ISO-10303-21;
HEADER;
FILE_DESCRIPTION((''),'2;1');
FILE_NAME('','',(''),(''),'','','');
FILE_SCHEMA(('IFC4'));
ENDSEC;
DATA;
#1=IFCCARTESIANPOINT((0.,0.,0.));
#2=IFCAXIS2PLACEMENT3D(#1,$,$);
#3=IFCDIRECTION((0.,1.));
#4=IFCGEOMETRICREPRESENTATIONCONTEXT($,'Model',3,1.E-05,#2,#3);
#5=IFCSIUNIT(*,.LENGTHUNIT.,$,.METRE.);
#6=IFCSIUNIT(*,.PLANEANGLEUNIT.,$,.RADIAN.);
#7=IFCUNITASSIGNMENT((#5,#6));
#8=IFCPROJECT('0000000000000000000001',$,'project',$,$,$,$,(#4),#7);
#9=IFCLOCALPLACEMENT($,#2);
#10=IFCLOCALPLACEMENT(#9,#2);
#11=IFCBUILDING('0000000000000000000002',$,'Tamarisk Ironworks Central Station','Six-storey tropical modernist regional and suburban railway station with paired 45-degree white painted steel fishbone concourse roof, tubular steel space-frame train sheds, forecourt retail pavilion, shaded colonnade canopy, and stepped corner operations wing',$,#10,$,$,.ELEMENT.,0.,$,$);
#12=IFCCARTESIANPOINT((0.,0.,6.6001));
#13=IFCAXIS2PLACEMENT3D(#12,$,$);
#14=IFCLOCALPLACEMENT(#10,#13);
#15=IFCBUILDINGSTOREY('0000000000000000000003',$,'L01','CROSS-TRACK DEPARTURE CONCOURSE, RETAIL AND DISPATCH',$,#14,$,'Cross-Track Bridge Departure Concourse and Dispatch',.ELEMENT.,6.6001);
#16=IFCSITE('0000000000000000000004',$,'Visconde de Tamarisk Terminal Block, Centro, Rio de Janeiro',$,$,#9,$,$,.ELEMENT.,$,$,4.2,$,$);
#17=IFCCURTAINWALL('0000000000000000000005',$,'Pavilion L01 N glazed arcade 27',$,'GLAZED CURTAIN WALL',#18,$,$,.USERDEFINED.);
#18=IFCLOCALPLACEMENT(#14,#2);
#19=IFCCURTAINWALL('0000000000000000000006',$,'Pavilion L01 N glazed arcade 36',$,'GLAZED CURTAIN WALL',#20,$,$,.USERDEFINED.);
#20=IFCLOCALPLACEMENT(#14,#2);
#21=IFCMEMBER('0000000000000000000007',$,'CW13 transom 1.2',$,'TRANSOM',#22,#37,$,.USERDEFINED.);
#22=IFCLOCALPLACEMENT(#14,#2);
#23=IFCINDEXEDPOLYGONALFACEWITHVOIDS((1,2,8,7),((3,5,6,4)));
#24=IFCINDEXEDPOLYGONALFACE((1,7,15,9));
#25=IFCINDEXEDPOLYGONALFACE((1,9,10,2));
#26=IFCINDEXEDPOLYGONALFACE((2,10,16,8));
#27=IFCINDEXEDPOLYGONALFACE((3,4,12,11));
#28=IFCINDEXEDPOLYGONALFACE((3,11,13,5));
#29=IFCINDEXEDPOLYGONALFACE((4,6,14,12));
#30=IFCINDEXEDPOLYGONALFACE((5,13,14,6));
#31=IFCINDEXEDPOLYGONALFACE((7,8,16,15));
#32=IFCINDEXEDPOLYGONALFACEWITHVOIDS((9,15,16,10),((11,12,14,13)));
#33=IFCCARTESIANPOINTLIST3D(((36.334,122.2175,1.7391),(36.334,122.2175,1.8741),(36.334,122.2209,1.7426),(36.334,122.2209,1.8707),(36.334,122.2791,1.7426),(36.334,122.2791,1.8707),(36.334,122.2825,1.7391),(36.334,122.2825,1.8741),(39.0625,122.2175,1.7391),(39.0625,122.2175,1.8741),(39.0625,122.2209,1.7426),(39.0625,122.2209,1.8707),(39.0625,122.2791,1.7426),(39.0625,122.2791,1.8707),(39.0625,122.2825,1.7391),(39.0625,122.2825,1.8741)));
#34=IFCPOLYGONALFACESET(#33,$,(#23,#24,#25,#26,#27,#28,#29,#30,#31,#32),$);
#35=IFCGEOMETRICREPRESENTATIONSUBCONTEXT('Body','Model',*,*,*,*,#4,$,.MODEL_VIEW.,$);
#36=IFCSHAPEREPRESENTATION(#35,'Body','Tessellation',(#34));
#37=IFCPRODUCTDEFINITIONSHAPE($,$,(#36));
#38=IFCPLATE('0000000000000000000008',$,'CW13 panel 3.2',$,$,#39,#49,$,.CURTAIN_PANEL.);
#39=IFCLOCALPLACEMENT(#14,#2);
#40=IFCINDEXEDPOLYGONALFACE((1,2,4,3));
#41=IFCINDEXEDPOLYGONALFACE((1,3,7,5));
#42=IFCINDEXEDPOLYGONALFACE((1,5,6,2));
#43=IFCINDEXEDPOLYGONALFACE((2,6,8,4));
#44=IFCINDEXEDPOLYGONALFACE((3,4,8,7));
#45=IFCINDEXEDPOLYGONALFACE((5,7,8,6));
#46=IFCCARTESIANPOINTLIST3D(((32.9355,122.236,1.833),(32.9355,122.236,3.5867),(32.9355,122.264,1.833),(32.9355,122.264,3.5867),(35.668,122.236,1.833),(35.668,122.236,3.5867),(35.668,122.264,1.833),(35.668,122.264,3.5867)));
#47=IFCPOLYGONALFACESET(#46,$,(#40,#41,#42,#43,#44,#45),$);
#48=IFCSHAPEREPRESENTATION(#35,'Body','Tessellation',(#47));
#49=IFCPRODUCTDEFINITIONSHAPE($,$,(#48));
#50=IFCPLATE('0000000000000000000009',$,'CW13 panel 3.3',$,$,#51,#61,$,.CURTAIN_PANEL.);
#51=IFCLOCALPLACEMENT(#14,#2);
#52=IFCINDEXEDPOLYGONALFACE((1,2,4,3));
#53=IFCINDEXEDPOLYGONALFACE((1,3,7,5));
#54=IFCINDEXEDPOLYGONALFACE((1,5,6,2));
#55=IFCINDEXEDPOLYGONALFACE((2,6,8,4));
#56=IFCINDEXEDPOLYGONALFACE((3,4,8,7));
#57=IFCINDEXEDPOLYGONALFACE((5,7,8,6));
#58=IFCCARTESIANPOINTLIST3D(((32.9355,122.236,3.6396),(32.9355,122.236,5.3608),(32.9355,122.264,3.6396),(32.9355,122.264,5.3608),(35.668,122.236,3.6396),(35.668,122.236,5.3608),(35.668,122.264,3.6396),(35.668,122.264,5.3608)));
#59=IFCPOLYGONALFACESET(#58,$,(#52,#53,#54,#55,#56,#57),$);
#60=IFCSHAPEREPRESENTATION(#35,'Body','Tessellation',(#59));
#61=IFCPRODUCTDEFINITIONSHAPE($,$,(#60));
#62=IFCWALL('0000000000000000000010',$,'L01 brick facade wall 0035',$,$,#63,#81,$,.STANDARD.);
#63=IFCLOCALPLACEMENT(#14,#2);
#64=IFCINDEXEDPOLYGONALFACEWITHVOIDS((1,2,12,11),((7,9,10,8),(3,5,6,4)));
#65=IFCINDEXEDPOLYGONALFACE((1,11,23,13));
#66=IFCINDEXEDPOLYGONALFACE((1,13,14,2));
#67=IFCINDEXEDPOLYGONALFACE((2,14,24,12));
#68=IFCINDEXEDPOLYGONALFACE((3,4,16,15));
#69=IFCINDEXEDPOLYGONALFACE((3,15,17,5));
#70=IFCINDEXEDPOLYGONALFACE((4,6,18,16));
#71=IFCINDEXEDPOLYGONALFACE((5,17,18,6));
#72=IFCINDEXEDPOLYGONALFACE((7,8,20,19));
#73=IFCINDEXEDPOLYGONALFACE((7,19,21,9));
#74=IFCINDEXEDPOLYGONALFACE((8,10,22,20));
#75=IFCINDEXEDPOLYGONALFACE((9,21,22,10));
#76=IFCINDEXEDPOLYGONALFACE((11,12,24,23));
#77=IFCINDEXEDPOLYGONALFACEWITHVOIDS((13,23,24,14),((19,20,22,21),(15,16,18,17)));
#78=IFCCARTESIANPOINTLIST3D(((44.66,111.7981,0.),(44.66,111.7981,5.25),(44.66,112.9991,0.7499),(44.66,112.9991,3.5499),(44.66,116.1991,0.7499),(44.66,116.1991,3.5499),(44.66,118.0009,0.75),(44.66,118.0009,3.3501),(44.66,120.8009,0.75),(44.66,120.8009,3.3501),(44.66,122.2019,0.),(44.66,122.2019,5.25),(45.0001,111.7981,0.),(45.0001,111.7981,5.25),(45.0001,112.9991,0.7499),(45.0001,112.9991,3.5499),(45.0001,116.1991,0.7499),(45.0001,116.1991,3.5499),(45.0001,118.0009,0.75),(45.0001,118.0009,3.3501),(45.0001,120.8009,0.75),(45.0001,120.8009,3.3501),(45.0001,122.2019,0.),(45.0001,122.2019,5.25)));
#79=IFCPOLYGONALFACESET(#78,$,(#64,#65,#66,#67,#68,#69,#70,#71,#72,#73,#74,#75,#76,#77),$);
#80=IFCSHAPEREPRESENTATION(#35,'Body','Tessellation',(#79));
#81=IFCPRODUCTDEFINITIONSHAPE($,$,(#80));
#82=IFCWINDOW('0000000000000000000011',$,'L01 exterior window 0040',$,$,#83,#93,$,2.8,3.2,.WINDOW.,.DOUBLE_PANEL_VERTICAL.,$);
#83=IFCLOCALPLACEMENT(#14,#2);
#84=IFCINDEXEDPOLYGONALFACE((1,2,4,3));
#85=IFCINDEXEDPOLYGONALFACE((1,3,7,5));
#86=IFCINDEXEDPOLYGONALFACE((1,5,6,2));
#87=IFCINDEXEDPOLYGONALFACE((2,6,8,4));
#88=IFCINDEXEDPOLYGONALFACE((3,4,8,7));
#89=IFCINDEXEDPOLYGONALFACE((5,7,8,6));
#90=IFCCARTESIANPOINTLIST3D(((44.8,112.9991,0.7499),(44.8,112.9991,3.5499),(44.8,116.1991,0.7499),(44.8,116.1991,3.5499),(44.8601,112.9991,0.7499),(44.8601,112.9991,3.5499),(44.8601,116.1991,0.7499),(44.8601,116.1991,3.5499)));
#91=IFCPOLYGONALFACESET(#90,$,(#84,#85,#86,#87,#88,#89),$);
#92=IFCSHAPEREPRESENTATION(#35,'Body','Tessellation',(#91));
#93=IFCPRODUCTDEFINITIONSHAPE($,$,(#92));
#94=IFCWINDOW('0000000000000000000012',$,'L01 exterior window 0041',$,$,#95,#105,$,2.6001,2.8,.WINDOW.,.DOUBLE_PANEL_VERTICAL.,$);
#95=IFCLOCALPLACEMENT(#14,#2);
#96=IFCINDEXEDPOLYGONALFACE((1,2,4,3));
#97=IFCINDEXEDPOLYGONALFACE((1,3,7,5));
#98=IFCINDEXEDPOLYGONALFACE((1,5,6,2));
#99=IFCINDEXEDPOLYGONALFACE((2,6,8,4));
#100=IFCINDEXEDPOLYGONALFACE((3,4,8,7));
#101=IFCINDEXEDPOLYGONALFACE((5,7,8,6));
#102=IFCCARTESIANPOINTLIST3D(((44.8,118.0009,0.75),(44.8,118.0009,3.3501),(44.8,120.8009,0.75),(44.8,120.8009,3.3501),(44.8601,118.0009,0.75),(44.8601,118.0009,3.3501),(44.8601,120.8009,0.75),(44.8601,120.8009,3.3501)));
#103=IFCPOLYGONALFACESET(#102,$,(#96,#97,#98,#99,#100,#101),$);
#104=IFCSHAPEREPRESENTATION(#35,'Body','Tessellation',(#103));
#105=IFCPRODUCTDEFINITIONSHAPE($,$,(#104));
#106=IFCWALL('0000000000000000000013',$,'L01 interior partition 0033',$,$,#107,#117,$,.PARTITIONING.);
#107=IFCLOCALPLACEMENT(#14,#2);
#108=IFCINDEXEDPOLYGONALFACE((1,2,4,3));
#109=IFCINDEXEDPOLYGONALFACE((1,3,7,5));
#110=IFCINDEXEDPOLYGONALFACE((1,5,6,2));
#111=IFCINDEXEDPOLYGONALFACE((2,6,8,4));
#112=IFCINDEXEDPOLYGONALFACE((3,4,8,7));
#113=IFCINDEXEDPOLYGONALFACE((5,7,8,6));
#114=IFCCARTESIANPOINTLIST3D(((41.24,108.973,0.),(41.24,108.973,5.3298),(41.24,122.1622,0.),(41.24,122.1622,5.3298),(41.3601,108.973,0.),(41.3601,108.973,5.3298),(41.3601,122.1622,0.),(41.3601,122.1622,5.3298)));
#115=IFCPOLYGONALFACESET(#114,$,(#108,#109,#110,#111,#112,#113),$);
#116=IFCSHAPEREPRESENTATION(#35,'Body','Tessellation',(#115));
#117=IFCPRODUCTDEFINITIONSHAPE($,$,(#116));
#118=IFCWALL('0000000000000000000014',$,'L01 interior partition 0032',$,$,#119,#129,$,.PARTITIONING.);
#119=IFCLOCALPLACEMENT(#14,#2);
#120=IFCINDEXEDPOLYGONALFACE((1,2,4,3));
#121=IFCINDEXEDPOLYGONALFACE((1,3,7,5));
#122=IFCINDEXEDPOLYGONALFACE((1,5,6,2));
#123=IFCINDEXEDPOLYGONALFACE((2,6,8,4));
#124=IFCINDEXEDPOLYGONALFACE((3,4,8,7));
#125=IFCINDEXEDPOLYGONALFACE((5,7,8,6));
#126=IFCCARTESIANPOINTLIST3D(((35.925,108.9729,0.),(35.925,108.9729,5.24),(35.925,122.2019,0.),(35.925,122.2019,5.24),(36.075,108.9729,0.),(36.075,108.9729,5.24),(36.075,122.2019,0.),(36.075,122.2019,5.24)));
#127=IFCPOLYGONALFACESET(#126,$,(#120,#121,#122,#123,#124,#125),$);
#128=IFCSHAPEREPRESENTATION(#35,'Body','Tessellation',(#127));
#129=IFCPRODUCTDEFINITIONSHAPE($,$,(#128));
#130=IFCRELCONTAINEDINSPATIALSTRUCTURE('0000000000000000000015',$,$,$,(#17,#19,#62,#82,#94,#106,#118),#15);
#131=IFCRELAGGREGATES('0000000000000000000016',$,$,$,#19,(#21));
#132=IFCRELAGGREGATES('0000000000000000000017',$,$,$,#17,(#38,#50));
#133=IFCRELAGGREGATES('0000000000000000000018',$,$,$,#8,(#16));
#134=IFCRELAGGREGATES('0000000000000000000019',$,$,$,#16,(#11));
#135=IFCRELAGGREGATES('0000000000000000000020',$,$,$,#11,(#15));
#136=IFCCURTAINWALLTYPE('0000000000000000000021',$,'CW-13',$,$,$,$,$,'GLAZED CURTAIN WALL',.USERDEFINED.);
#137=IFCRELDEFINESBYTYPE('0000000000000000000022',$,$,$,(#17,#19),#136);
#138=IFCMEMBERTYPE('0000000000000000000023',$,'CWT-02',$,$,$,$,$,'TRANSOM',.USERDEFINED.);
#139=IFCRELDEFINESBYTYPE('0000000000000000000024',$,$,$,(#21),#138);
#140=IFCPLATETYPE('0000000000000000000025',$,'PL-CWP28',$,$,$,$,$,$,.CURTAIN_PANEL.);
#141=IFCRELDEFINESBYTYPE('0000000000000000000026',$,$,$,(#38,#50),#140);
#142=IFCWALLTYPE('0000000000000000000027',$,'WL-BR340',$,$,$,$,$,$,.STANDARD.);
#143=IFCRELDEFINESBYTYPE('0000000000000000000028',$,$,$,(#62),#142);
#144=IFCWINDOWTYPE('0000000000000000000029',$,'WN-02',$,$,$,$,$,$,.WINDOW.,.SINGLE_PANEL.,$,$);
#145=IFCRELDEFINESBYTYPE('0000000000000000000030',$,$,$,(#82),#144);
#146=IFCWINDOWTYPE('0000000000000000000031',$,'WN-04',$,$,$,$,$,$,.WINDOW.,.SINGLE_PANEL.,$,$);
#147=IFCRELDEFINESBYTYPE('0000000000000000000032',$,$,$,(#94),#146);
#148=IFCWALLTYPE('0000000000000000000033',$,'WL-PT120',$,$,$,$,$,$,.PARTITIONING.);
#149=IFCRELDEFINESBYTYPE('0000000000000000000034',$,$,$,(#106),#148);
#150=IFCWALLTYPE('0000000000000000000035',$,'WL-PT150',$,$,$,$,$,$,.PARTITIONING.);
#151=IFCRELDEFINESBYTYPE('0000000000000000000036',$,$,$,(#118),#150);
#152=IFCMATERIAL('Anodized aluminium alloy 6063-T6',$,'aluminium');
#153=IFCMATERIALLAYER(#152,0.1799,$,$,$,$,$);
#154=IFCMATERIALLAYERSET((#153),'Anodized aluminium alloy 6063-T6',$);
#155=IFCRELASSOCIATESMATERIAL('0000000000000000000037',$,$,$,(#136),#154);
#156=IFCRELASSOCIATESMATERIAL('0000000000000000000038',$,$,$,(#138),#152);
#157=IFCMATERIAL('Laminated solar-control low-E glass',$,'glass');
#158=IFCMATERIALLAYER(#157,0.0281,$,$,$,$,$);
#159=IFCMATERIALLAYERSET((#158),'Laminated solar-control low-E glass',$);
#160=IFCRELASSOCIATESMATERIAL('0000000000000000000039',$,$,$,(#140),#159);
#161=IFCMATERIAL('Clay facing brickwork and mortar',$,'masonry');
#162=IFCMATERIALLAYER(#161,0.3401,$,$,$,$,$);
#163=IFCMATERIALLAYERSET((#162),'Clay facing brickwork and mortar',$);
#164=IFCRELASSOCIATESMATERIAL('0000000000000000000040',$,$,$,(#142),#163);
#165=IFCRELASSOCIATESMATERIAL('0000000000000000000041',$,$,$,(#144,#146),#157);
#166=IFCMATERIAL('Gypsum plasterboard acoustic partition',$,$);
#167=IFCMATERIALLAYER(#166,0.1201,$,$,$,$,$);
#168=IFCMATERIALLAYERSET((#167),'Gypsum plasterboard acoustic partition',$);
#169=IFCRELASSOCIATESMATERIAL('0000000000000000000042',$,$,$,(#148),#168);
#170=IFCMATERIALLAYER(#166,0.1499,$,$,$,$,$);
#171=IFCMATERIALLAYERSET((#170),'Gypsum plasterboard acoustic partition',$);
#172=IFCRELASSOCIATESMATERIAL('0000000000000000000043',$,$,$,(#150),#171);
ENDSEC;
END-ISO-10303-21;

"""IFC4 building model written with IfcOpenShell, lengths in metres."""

from ifc_helpers import new_model, si_unit, direction, frame, frame_2d, origin, origin_2d, place, context, subcontext, project, spatial, rectangle, hollow_rectangle, extrude, material, layer, layer_set, material_profile, profile_set, type_object, element, fill, aggregate, save


model = new_model("IFC4")

# Units and contexts
model_context = context("Model", 3, precision=1e-05, world=origin(), true_north=direction((0.0, 1.0)))
body_context = subcontext(model_context, "Body", "Model", "MODEL_VIEW")
ifc_project = project(units=[si_unit("LENGTHUNIT", "METRE"), si_unit("PLANEANGLEUNIT", "RADIAN")], contexts=[model_context])

# Site, building, storey
site_placement = place(None, origin())
site = spatial("IfcSite", under=ifc_project, at=site_placement, Name="Visconde de Tamarisk Terminal Block, Centro, Rio de Janeiro", CompositionType="ELEMENT", RefElevation=4.2)
building_placement = place(site_placement, origin())
building = spatial("IfcBuilding", under=site, at=building_placement, Name="Tamarisk Ironworks Central Station", Description="Six-storey tropical modernist regional and suburban railway station with paired 45-degree white painted steel fishbone concourse roof, tubular steel space-frame train sheds, forecourt retail pavilion, shaded colonnade canopy, and stepped corner operations wing", CompositionType="ELEMENT", ElevationOfRefHeight=0.0)
storey_placement = place(building_placement, frame((0.0, 0.0, 6.6001)))
storey = spatial("IfcBuildingStorey", under=building, at=storey_placement, Name="L01", Description="CROSS-TRACK DEPARTURE CONCOURSE, RETAIL AND DISPATCH", LongName="Cross-Track Bridge Departure Concourse and Dispatch", CompositionType="ELEMENT", Elevation=6.6001)

# Shared definitions
ifc_material_1 = material(Name="Clay facing brickwork and mortar", Category="masonry")

# Curtain wall
ifc_material_2 = material(Name="Anodized aluminium alloy 6063-T6", Category="aluminium")
ifc_layer_1 = layer(ifc_material_2, 0.1799)
ifc_layer_set_1 = layer_set([ifc_layer_1], Name="Anodized aluminium alloy 6063-T6")
curtain_wall_type = type_object("IfcCurtainWallType", Name="CW-13", ElementType="GLAZED CURTAIN WALL", PredefinedType="USERDEFINED", material=ifc_layer_set_1)
curtain_wall_1_placement = place(storey_placement, origin())
curtain_wall_1 = element("IfcCurtainWall", 1, at=curtain_wall_1_placement, inside=storey, type_object=curtain_wall_type, Name="Pavilion L01 N glazed arcade 27", ObjectType="GLAZED CURTAIN WALL", PredefinedType="USERDEFINED")

# Curtain wall, member
curtain_wall_2_placement = place(storey_placement, origin())
curtain_wall_2 = element("IfcCurtainWall", 2, at=curtain_wall_2_placement, inside=storey, type_object=curtain_wall_type, Name="Pavilion L01 N glazed arcade 36", ObjectType="GLAZED CURTAIN WALL", PredefinedType="USERDEFINED")
ifc_material_profile_1 = material_profile(ifc_material_2, hollow_rectangle(XDim=0.0649, YDim=0.135, WallThickness=0.0034, at=origin_2d()), Name="ALUM 135x65")
ifc_profile_set_1 = profile_set([ifc_material_profile_1], Name="Anodized aluminium alloy 6063-T6")
member_type_1 = type_object("IfcMemberType", Name="CWT-02", ElementType="TRANSOM", PredefinedType="USERDEFINED", material=ifc_profile_set_1)
member_1_placement = place(storey_placement, frame((36.334, 122.25, 1.8066), z_axis=(1.0, 0.0, 0.0), x_axis=(0.0, 1.0, 0.0)))
member_1 = element("IfcMember", 3, at=member_1_placement, type_object=member_type_1, Name="CW13 transom 1.2", ObjectType="TRANSOM", PredefinedType="USERDEFINED", context=body_context, shape_type="SweptSolid", body=[
    extrude(hollow_rectangle(XDim=0.0649, YDim=0.135, WallThickness=0.0034, at=origin_2d()), origin(), (0.0, 0.0, 1.0), 2.7285),
])
aggregate(curtain_wall_2, [member_1])

# Plates
ifc_material_3 = material(Name="Laminated solar-control low-E glass", Category="glass")
ifc_layer_2 = layer(ifc_material_3, 0.0281)
ifc_layer_set_2 = layer_set([ifc_layer_2], Name="Laminated solar-control low-E glass")
plate_type = type_object("IfcPlateType", Name="PL-CWP28", PredefinedType="CURTAIN_PANEL", material=ifc_layer_set_2)
plate_1_placement = place(storey_placement, frame((34.3018, 122.25, 1.833), z_axis=(0.0, 0.0, 1.0), x_axis=(1.0, 0.0, 0.0)))
plate_1 = element("IfcPlate", 4, at=plate_1_placement, type_object=plate_type, Name="CW13 panel 3.2", PredefinedType="CURTAIN_PANEL", context=body_context, shape_type="SweptSolid", body=[
    extrude(rectangle(XDim=2.7324, YDim=0.0281, at=origin_2d()), origin(), (0.0, 0.0, 1.0), 1.7537),
])
plate_2_placement = place(storey_placement, frame((34.3018, 122.25, 3.6396), z_axis=(0.0, 0.0, 1.0), x_axis=(1.0, 0.0, 0.0)))
plate_2 = element("IfcPlate", 5, at=plate_2_placement, type_object=plate_type, Name="CW13 panel 3.3", PredefinedType="CURTAIN_PANEL", context=body_context, shape_type="SweptSolid", body=[
    extrude(rectangle(XDim=2.7324, YDim=0.0281, at=origin_2d()), origin(), (0.0, 0.0, 1.0), 1.7212),
])
aggregate(curtain_wall_1, [plate_1, plate_2])

# Wall, openings, windows
ifc_layer_3 = layer(ifc_material_1, 0.3401)
ifc_layer_set_3 = layer_set([ifc_layer_3], Name="Clay facing brickwork and mortar")
wall_type_1 = type_object("IfcWallType", Name="WL-BR340", PredefinedType="STANDARD", material=ifc_layer_set_3)
wall_1_placement = place(storey_placement, frame((44.8301, 111.7981, 0.0), z_axis=(0.0, 0.0, 1.0), x_axis=(0.0, 1.0, 0.0)))
wall_1 = element("IfcWall", 6, at=wall_1_placement, inside=storey, type_object=wall_type_1, Name="L01 brick facade wall 0035", PredefinedType="STANDARD", context=body_context, shape_type="SweptSolid", body=[
    extrude(rectangle(XDim=10.4038, YDim=0.3401, at=frame_2d((5.2019, 0.0))), origin(), (0.0, 0.0, 1.0), 5.25),
])
opening_1_placement = place(wall_1_placement, frame((1.2009, 0.0, 0.75)))
opening_1 = element("IfcOpeningElement", 7, at=opening_1_placement, cuts=wall_1, PredefinedType="OPENING", context=body_context, shape_type="SweptSolid", body=[
    extrude(rectangle(XDim=3.2, YDim=2.8, at=frame_2d((1.6001, 1.3999))), frame((0.0, 0.1821, 0.0), z_axis=(0.0, -1.0, 0.0), x_axis=(1.0, 0.0, 0.0)), (0.0, 0.0, 1.0), 0.364),
])
opening_2_placement = place(wall_1_placement, frame((6.2029, 0.0, 0.75)))
opening_2 = element("IfcOpeningElement", 8, at=opening_2_placement, cuts=wall_1, PredefinedType="OPENING", context=body_context, shape_type="SweptSolid", body=[
    extrude(rectangle(XDim=2.8, YDim=2.6001, at=frame_2d((1.3999, 1.3))), frame((0.0, 0.1821, 0.0), z_axis=(0.0, -1.0, 0.0), x_axis=(1.0, 0.0, 0.0)), (0.0, 0.0, 1.0), 0.364),
])
window_type_1 = type_object("IfcWindowType", Name="WN-02", PartitioningType="SINGLE_PANEL", PredefinedType="WINDOW", material=ifc_material_3)
window_1_placement = place(opening_1_placement, origin())
window_1 = element("IfcWindow", 9, at=window_1_placement, inside=storey, type_object=window_type_1, Name="L01 exterior window 0040", OverallHeight=2.8, OverallWidth=3.2, PartitioningType="DOUBLE_PANEL_VERTICAL", PredefinedType="WINDOW", context=body_context, shape_type="SweptSolid", body=[
    extrude(rectangle(XDim=3.2, YDim=2.8, at=frame_2d((1.6001, 1.3999))), frame((0.0, 0.03, 0.0), z_axis=(0.0, -1.0, 0.0), x_axis=(1.0, 0.0, 0.0)), (0.0, 0.0, 1.0), 0.0601),
])
fill(opening_1, window_1)
window_type_2 = type_object("IfcWindowType", Name="WN-04", PartitioningType="SINGLE_PANEL", PredefinedType="WINDOW", material=ifc_material_3)
window_2_placement = place(opening_2_placement, origin())
window_2 = element("IfcWindow", 10, at=window_2_placement, inside=storey, type_object=window_type_2, Name="L01 exterior window 0041", OverallHeight=2.6001, OverallWidth=2.8, PartitioningType="DOUBLE_PANEL_VERTICAL", PredefinedType="WINDOW", context=body_context, shape_type="SweptSolid", body=[
    extrude(rectangle(XDim=2.8, YDim=2.6001, at=frame_2d((1.3999, 1.3))), frame((0.0, 0.03, 0.0), z_axis=(0.0, -1.0, 0.0), x_axis=(1.0, 0.0, 0.0)), (0.0, 0.0, 1.0), 0.0601),
])
fill(opening_2, window_2)

# Walls
ifc_material_4 = material(Name="Gypsum plasterboard acoustic partition")
ifc_layer_4 = layer(ifc_material_4, 0.1201)
ifc_layer_set_4 = layer_set([ifc_layer_4], Name="Gypsum plasterboard acoustic partition")
wall_type_2 = type_object("IfcWallType", Name="WL-PT120", PredefinedType="PARTITIONING", material=ifc_layer_set_4)
wall_2_placement = place(storey_placement, frame((41.3, 108.9729, 0.0), z_axis=(0.0, 0.0, 1.0), x_axis=(0.0, 1.0, 0.0)))
element("IfcWall", 11, at=wall_2_placement, inside=storey, type_object=wall_type_2, Name="L01 interior partition 0033", PredefinedType="PARTITIONING", context=body_context, shape_type="SweptSolid", body=[
    extrude(rectangle(XDim=13.1892, YDim=0.1201, at=frame_2d((6.5947, 0.0))), origin(), (0.0, 0.0, 1.0), 5.3298),
])
ifc_layer_5 = layer(ifc_material_4, 0.1499)
ifc_layer_set_5 = layer_set([ifc_layer_5], Name="Gypsum plasterboard acoustic partition")
wall_type_3 = type_object("IfcWallType", Name="WL-PT150", PredefinedType="PARTITIONING", material=ifc_layer_set_5)
wall_3_placement = place(storey_placement, frame((36.0, 108.9729, 0.0), z_axis=(0.0, 0.0, 1.0), x_axis=(0.0, 1.0, 0.0)))
element("IfcWall", 12, at=wall_3_placement, inside=storey, type_object=wall_type_3, Name="L01 interior partition 0032", PredefinedType="PARTITIONING", context=body_context, shape_type="SweptSolid", body=[
    extrude(rectangle(XDim=13.229, YDim=0.1499, at=frame_2d((6.6145, 0.0))), origin(), (0.0, 0.0, 1.0), 5.24),
])

save(model, "model.ifc")
